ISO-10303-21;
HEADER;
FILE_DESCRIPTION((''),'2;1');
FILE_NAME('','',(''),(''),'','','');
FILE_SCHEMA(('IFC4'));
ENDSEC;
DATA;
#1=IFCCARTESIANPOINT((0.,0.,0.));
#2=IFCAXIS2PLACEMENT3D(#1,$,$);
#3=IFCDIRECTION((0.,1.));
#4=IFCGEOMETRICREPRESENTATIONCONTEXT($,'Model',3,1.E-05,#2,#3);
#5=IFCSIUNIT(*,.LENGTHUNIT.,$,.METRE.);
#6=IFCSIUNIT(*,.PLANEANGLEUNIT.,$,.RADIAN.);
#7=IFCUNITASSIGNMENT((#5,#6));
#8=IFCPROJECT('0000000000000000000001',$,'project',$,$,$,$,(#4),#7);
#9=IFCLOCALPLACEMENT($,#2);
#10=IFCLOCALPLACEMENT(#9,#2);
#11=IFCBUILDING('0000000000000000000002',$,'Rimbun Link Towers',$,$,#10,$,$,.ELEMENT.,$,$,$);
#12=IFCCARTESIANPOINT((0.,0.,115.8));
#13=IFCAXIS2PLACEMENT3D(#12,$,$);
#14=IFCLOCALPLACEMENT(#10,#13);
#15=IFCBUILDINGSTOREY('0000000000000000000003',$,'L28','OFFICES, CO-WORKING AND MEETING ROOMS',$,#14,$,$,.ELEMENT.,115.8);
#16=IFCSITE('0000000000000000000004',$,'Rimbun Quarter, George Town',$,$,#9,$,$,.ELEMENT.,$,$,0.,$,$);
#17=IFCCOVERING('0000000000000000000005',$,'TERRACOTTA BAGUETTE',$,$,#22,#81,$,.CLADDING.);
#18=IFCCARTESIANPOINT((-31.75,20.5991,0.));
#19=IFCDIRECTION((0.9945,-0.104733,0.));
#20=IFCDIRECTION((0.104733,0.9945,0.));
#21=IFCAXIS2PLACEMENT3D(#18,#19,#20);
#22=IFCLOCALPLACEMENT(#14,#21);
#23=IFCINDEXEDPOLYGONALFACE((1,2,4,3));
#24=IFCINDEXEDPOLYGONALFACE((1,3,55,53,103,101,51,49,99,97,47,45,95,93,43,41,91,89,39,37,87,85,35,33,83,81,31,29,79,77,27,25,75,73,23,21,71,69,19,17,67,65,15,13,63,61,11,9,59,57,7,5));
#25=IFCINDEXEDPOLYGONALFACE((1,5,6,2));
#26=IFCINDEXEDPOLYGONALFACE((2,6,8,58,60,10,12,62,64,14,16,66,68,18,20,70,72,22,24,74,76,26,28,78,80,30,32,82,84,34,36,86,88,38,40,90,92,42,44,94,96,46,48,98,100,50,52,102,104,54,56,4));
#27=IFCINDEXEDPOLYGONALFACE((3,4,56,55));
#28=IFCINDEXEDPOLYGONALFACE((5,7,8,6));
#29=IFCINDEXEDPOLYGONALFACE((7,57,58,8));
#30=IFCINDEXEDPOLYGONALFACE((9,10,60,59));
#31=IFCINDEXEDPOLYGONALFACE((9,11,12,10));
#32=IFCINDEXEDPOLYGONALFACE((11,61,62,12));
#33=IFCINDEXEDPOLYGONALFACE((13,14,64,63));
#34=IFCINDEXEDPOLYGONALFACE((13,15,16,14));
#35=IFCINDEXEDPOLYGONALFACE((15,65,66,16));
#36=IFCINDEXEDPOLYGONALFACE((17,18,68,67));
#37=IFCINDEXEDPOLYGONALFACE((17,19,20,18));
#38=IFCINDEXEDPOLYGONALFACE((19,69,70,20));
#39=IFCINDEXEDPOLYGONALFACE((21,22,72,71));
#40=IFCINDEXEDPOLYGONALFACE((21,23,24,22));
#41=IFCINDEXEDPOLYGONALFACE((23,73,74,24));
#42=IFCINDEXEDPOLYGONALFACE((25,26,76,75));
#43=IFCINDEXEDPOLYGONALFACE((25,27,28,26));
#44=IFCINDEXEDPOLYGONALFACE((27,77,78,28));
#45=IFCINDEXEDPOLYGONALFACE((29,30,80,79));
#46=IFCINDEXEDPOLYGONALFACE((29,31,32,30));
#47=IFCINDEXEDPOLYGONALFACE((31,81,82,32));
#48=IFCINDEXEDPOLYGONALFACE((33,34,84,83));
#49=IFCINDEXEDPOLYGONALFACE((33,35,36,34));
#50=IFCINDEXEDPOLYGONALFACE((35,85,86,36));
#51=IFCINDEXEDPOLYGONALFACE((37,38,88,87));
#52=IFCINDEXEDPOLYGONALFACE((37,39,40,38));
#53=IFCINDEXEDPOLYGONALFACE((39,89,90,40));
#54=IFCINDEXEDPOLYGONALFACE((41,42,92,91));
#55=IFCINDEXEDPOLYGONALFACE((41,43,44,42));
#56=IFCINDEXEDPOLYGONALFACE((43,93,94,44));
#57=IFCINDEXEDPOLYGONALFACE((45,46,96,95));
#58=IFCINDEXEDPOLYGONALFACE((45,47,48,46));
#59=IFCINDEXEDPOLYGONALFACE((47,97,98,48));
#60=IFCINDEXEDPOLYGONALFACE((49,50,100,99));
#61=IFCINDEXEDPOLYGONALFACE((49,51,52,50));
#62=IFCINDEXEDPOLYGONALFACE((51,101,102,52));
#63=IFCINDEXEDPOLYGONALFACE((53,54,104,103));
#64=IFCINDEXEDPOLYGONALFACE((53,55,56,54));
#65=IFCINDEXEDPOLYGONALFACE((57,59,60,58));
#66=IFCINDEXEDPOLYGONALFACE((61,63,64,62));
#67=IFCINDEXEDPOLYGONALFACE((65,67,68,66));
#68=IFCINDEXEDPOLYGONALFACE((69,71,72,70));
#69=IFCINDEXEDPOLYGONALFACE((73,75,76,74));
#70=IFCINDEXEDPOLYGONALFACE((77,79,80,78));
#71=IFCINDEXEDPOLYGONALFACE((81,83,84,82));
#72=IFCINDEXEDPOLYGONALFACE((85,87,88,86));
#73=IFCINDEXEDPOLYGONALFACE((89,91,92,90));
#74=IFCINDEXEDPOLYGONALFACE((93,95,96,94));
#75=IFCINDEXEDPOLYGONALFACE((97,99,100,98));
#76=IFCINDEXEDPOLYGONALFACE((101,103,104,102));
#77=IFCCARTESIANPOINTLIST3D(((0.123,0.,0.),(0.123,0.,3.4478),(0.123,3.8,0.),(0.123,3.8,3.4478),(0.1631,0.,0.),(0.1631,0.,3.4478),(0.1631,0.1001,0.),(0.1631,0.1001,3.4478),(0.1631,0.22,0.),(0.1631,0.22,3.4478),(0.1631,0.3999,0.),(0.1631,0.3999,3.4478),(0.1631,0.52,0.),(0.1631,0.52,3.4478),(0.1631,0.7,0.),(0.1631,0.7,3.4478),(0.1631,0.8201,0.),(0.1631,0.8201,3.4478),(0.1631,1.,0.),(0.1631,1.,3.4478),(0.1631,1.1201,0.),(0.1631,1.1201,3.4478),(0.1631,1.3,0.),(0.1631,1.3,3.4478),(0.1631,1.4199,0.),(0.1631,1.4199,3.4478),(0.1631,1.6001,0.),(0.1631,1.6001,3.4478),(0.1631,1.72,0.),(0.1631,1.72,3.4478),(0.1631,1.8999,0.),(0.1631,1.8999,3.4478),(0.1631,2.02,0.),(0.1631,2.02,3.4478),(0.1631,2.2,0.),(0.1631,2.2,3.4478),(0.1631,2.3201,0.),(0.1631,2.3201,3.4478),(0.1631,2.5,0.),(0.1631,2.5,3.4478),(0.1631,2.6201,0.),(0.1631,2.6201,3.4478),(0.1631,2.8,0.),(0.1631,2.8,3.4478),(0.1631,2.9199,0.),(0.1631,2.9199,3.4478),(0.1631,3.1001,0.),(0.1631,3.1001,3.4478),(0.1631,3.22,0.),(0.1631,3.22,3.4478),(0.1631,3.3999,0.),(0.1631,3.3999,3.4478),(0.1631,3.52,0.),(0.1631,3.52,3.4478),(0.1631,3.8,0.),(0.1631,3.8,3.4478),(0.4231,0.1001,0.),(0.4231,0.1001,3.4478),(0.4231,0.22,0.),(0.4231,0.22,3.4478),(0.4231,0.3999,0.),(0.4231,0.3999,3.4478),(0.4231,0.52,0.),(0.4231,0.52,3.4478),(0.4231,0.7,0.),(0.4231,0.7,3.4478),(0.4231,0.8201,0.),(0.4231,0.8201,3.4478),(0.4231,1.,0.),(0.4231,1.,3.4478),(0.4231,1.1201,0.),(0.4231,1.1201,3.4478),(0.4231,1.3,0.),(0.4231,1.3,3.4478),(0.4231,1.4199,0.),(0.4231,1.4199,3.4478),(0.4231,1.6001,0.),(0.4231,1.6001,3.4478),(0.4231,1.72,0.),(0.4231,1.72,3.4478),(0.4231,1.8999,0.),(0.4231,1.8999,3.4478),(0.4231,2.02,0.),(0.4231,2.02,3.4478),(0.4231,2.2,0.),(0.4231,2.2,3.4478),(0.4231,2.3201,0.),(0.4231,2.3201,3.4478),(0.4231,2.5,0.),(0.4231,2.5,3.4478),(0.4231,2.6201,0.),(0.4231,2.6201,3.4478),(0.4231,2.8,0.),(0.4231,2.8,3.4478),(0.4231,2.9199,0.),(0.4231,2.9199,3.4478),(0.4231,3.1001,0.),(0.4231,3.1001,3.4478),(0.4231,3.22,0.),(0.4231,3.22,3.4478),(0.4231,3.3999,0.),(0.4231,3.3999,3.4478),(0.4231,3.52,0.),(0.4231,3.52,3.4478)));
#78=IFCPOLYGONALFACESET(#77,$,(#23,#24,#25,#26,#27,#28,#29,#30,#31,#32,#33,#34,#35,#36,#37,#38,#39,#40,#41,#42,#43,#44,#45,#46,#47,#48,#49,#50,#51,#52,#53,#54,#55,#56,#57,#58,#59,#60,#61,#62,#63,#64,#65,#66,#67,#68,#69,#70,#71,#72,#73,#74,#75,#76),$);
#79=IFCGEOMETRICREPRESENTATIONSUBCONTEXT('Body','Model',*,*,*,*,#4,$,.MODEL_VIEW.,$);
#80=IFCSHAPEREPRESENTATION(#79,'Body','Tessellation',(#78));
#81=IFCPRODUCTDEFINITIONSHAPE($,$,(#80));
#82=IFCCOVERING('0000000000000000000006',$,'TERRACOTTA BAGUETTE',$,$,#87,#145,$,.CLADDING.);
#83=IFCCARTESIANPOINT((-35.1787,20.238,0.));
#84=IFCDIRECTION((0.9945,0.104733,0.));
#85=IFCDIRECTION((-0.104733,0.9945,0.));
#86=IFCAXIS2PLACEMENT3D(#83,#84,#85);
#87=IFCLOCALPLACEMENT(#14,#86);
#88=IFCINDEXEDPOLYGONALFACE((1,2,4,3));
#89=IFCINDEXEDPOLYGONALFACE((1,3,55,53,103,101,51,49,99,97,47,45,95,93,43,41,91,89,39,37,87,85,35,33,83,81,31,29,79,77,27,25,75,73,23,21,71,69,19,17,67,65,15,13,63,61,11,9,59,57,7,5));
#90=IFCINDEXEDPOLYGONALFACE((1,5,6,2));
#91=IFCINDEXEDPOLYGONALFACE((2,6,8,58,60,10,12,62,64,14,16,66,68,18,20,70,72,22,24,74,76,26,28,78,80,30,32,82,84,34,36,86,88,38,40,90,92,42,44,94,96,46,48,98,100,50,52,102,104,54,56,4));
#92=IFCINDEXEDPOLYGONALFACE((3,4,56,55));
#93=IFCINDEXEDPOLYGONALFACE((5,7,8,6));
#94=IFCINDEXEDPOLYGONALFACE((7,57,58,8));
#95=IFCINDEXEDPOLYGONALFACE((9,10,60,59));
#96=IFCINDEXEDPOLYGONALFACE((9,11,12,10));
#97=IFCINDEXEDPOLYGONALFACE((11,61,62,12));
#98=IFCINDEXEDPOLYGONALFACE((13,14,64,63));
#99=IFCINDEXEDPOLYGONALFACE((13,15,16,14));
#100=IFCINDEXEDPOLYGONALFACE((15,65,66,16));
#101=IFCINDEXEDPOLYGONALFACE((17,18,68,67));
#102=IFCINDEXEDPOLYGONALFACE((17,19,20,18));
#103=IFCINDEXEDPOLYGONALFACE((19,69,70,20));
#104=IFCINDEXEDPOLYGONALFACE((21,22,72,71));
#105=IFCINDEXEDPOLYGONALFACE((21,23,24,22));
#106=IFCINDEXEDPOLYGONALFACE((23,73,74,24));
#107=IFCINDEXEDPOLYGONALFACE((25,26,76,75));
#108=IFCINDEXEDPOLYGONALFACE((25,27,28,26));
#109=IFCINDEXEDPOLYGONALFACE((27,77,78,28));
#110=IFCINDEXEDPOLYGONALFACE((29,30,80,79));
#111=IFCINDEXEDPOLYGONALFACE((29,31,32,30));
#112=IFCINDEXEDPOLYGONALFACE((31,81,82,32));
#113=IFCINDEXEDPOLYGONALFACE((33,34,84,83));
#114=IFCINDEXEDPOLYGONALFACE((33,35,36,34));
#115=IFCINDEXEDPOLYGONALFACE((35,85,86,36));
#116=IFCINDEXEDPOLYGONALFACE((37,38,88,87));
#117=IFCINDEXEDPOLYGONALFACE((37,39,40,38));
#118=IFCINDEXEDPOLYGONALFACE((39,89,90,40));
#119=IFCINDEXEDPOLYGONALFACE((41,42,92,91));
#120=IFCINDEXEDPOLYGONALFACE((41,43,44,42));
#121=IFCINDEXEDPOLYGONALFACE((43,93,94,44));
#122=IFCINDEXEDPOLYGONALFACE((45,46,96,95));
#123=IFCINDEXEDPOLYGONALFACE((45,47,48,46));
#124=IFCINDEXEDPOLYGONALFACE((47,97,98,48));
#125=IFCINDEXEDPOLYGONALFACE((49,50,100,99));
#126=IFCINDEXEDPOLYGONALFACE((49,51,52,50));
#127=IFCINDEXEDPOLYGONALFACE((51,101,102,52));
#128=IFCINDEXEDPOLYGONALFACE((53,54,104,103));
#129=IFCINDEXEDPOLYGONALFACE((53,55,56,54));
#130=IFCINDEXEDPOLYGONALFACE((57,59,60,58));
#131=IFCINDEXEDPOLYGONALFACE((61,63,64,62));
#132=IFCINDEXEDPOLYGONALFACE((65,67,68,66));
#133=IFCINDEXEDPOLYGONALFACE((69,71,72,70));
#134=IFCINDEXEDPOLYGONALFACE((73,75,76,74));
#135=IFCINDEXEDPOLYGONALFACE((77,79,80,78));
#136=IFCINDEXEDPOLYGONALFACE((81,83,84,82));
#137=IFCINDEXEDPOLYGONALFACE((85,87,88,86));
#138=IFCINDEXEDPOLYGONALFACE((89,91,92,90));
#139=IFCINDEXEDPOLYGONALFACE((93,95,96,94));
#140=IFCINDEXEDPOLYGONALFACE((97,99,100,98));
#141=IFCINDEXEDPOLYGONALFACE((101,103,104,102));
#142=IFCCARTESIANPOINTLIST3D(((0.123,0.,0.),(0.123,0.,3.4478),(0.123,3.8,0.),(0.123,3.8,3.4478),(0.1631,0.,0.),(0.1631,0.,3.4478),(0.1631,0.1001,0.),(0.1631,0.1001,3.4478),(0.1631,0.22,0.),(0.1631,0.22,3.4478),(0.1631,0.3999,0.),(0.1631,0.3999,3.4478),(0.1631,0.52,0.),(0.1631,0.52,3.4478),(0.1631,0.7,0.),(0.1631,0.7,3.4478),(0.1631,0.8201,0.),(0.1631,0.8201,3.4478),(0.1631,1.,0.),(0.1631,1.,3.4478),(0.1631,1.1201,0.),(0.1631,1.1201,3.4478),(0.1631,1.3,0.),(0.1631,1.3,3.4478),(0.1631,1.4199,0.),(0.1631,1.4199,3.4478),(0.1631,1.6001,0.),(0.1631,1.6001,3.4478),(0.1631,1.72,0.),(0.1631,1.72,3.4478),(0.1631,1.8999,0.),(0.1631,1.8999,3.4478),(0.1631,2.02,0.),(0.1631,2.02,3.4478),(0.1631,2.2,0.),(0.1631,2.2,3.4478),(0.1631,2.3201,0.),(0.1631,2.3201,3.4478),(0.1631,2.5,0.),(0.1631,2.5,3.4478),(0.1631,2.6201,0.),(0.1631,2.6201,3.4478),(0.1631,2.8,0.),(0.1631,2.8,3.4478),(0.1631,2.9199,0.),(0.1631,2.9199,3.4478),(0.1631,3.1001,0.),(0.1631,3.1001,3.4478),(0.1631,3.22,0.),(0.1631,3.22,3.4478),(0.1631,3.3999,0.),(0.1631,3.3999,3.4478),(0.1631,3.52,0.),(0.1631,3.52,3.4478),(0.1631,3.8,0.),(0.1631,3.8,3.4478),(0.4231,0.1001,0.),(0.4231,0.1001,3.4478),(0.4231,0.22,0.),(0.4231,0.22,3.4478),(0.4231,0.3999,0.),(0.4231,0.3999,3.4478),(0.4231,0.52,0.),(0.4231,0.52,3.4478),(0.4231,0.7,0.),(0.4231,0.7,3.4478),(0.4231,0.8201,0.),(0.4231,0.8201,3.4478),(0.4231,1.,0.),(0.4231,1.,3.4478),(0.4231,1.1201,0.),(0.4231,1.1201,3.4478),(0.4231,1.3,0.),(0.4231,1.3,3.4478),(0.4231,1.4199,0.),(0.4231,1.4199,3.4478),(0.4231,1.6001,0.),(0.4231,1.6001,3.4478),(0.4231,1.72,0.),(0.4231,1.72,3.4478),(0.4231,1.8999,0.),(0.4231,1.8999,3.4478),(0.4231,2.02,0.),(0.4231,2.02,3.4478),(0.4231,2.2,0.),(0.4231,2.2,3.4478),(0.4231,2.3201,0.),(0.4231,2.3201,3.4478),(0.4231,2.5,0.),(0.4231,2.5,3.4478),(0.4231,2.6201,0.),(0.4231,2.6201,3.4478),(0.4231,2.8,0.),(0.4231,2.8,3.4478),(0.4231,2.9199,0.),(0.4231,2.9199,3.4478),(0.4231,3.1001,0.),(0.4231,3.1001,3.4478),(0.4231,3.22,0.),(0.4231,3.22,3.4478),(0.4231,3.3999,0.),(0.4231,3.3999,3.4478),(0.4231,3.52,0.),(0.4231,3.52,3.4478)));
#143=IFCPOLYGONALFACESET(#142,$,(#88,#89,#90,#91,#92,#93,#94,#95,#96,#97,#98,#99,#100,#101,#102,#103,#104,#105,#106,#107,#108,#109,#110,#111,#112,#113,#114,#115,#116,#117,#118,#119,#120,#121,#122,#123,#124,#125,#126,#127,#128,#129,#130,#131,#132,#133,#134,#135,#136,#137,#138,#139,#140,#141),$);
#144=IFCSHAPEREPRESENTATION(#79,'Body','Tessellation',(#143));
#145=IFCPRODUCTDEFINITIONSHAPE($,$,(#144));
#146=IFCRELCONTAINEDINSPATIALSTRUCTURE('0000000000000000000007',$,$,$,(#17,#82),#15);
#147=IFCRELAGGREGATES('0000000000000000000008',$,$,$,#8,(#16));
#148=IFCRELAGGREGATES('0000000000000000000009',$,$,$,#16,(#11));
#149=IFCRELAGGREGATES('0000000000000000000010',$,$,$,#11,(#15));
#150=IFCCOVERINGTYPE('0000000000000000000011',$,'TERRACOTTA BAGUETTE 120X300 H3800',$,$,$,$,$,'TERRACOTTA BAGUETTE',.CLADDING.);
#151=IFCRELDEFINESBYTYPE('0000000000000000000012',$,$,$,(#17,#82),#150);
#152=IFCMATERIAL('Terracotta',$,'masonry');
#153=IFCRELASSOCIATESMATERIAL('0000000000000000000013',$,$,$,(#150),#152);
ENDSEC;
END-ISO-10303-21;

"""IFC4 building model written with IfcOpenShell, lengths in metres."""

from ifc_helpers import new_model, si_unit, direction, frame, origin, place, context, subcontext, project, spatial, polyline, outline, extrude, material, material_profile, profile_set, type_object, element, save


model = new_model("IFC4")

# Units and contexts
model_context = context("Model", 3, precision=1e-05, world=origin(), true_north=direction((0.0, 1.0)))
body_context = subcontext(model_context, "Body", "Model", "MODEL_VIEW")
ifc_project = project(units=[si_unit("LENGTHUNIT", "METRE"), si_unit("PLANEANGLEUNIT", "RADIAN")], contexts=[model_context])

# Site, building, storey
site_placement = place(None, origin())
site = spatial("IfcSite", under=ifc_project, at=site_placement, Name="Rimbun Quarter, George Town", CompositionType="ELEMENT", RefElevation=0.0)
building_placement = place(site_placement, origin())
building = spatial("IfcBuilding", under=site, at=building_placement, Name="Rimbun Link Towers", CompositionType="ELEMENT")
storey_placement = place(building_placement, frame((0.0, 0.0, 115.8)))
storey = spatial("IfcBuildingStorey", under=building, at=storey_placement, Name="L28", Description="OFFICES, CO-WORKING AND MEETING ROOMS", CompositionType="ELEMENT", Elevation=115.8)

# Coverings
ifc_material_1 = material(Name="Terracotta", Category="masonry")
ifc_material_profile_1 = material_profile(ifc_material_1, outline(polyline([(0.123, 0.0), (0.1631, 0.0), (0.1631, 0.1001), (0.4231, 0.1001), (0.4231, 0.22), (0.1631, 0.22), (0.1631, 0.3999), (0.4231, 0.3999), (0.4231, 0.52), (0.1631, 0.52), (0.1631, 0.7), (0.4231, 0.7), (0.4231, 0.8201), (0.1631, 0.8201), (0.1631, 1.0), (0.4231, 1.0), (0.4231, 1.1201), (0.1631, 1.1201), (0.1631, 1.3), (0.4231, 1.3), (0.4231, 1.4199), (0.1631, 1.4199), (0.1631, 1.6001), (0.4231, 1.6001), (0.4231, 1.72), (0.1631, 1.72), (0.1631, 1.8999), (0.4231, 1.8999), (0.4231, 2.02), (0.1631, 2.02), (0.1631, 2.2), (0.4231, 2.2), (0.4231, 2.3201), (0.1631, 2.3201), (0.1631, 2.5), (0.4231, 2.5), (0.4231, 2.6201), (0.1631, 2.6201), (0.1631, 2.8), (0.4231, 2.8), (0.4231, 2.9199), (0.1631, 2.9199), (0.1631, 3.1001), (0.4231, 3.1001), (0.4231, 3.22), (0.1631, 3.22), (0.1631, 3.3999), (0.4231, 3.3999), (0.4231, 3.52), (0.1631, 3.52), (0.1631, 3.8), (0.123, 3.8), (0.123, 0.0)])), Name="BAGUETTE 120X300")
ifc_profile_set_1 = profile_set([ifc_material_profile_1], Name="Terracotta")
covering_type = type_object("IfcCoveringType", Name="TERRACOTTA BAGUETTE 120X300 H3800", ElementType="TERRACOTTA BAGUETTE", PredefinedType="CLADDING", material=ifc_profile_set_1)
for number, where, z_axis, x_axis, name in (
    (1, (-31.75, 20.5991, 0.0), (0.9945, -0.104733, 0.0), (0.104733, 0.9945, 0.0), "TERRACOTTA BAGUETTE"),
    (2, (-35.1787, 20.238, 0.0), (0.9945, 0.104733, 0.0), (-0.104733, 0.9945, 0.0), "TERRACOTTA BAGUETTE"),
):
    element("IfcCovering", number, at=place(storey_placement, frame(where, z_axis=z_axis, x_axis=x_axis)), inside=storey, type_object=covering_type, Name=name, PredefinedType="CLADDING", context=body_context, shape_type="SweptSolid", body=[
        extrude(outline(polyline([(0.123, 0.0), (0.1631, 0.0), (0.1631, 0.1001), (0.4231, 0.1001), (0.4231, 0.22), (0.1631, 0.22), (0.1631, 0.3999), (0.4231, 0.3999), (0.4231, 0.52), (0.1631, 0.52), (0.1631, 0.7), (0.4231, 0.7), (0.4231, 0.8201), (0.1631, 0.8201), (0.1631, 1.0), (0.4231, 1.0), (0.4231, 1.1201), (0.1631, 1.1201), (0.1631, 1.3), (0.4231, 1.3), (0.4231, 1.4199), (0.1631, 1.4199), (0.1631, 1.6001), (0.4231, 1.6001), (0.4231, 1.72), (0.1631, 1.72), (0.1631, 1.8999), (0.4231, 1.8999), (0.4231, 2.02), (0.1631, 2.02), (0.1631, 2.2), (0.4231, 2.2), (0.4231, 2.3201), (0.1631, 2.3201), (0.1631, 2.5), (0.4231, 2.5), (0.4231, 2.6201), (0.1631, 2.6201), (0.1631, 2.8), (0.4231, 2.8), (0.4231, 2.9199), (0.1631, 2.9199), (0.1631, 3.1001), (0.4231, 3.1001), (0.4231, 3.22), (0.1631, 3.22), (0.1631, 3.3999), (0.4231, 3.3999), (0.4231, 3.52), (0.1631, 3.52), (0.1631, 3.8), (0.123, 3.8), (0.123, 0.0)])), origin(), (0.0, 0.0, 1.0), 3.4478),
    ])

save(model, "model.ifc")
